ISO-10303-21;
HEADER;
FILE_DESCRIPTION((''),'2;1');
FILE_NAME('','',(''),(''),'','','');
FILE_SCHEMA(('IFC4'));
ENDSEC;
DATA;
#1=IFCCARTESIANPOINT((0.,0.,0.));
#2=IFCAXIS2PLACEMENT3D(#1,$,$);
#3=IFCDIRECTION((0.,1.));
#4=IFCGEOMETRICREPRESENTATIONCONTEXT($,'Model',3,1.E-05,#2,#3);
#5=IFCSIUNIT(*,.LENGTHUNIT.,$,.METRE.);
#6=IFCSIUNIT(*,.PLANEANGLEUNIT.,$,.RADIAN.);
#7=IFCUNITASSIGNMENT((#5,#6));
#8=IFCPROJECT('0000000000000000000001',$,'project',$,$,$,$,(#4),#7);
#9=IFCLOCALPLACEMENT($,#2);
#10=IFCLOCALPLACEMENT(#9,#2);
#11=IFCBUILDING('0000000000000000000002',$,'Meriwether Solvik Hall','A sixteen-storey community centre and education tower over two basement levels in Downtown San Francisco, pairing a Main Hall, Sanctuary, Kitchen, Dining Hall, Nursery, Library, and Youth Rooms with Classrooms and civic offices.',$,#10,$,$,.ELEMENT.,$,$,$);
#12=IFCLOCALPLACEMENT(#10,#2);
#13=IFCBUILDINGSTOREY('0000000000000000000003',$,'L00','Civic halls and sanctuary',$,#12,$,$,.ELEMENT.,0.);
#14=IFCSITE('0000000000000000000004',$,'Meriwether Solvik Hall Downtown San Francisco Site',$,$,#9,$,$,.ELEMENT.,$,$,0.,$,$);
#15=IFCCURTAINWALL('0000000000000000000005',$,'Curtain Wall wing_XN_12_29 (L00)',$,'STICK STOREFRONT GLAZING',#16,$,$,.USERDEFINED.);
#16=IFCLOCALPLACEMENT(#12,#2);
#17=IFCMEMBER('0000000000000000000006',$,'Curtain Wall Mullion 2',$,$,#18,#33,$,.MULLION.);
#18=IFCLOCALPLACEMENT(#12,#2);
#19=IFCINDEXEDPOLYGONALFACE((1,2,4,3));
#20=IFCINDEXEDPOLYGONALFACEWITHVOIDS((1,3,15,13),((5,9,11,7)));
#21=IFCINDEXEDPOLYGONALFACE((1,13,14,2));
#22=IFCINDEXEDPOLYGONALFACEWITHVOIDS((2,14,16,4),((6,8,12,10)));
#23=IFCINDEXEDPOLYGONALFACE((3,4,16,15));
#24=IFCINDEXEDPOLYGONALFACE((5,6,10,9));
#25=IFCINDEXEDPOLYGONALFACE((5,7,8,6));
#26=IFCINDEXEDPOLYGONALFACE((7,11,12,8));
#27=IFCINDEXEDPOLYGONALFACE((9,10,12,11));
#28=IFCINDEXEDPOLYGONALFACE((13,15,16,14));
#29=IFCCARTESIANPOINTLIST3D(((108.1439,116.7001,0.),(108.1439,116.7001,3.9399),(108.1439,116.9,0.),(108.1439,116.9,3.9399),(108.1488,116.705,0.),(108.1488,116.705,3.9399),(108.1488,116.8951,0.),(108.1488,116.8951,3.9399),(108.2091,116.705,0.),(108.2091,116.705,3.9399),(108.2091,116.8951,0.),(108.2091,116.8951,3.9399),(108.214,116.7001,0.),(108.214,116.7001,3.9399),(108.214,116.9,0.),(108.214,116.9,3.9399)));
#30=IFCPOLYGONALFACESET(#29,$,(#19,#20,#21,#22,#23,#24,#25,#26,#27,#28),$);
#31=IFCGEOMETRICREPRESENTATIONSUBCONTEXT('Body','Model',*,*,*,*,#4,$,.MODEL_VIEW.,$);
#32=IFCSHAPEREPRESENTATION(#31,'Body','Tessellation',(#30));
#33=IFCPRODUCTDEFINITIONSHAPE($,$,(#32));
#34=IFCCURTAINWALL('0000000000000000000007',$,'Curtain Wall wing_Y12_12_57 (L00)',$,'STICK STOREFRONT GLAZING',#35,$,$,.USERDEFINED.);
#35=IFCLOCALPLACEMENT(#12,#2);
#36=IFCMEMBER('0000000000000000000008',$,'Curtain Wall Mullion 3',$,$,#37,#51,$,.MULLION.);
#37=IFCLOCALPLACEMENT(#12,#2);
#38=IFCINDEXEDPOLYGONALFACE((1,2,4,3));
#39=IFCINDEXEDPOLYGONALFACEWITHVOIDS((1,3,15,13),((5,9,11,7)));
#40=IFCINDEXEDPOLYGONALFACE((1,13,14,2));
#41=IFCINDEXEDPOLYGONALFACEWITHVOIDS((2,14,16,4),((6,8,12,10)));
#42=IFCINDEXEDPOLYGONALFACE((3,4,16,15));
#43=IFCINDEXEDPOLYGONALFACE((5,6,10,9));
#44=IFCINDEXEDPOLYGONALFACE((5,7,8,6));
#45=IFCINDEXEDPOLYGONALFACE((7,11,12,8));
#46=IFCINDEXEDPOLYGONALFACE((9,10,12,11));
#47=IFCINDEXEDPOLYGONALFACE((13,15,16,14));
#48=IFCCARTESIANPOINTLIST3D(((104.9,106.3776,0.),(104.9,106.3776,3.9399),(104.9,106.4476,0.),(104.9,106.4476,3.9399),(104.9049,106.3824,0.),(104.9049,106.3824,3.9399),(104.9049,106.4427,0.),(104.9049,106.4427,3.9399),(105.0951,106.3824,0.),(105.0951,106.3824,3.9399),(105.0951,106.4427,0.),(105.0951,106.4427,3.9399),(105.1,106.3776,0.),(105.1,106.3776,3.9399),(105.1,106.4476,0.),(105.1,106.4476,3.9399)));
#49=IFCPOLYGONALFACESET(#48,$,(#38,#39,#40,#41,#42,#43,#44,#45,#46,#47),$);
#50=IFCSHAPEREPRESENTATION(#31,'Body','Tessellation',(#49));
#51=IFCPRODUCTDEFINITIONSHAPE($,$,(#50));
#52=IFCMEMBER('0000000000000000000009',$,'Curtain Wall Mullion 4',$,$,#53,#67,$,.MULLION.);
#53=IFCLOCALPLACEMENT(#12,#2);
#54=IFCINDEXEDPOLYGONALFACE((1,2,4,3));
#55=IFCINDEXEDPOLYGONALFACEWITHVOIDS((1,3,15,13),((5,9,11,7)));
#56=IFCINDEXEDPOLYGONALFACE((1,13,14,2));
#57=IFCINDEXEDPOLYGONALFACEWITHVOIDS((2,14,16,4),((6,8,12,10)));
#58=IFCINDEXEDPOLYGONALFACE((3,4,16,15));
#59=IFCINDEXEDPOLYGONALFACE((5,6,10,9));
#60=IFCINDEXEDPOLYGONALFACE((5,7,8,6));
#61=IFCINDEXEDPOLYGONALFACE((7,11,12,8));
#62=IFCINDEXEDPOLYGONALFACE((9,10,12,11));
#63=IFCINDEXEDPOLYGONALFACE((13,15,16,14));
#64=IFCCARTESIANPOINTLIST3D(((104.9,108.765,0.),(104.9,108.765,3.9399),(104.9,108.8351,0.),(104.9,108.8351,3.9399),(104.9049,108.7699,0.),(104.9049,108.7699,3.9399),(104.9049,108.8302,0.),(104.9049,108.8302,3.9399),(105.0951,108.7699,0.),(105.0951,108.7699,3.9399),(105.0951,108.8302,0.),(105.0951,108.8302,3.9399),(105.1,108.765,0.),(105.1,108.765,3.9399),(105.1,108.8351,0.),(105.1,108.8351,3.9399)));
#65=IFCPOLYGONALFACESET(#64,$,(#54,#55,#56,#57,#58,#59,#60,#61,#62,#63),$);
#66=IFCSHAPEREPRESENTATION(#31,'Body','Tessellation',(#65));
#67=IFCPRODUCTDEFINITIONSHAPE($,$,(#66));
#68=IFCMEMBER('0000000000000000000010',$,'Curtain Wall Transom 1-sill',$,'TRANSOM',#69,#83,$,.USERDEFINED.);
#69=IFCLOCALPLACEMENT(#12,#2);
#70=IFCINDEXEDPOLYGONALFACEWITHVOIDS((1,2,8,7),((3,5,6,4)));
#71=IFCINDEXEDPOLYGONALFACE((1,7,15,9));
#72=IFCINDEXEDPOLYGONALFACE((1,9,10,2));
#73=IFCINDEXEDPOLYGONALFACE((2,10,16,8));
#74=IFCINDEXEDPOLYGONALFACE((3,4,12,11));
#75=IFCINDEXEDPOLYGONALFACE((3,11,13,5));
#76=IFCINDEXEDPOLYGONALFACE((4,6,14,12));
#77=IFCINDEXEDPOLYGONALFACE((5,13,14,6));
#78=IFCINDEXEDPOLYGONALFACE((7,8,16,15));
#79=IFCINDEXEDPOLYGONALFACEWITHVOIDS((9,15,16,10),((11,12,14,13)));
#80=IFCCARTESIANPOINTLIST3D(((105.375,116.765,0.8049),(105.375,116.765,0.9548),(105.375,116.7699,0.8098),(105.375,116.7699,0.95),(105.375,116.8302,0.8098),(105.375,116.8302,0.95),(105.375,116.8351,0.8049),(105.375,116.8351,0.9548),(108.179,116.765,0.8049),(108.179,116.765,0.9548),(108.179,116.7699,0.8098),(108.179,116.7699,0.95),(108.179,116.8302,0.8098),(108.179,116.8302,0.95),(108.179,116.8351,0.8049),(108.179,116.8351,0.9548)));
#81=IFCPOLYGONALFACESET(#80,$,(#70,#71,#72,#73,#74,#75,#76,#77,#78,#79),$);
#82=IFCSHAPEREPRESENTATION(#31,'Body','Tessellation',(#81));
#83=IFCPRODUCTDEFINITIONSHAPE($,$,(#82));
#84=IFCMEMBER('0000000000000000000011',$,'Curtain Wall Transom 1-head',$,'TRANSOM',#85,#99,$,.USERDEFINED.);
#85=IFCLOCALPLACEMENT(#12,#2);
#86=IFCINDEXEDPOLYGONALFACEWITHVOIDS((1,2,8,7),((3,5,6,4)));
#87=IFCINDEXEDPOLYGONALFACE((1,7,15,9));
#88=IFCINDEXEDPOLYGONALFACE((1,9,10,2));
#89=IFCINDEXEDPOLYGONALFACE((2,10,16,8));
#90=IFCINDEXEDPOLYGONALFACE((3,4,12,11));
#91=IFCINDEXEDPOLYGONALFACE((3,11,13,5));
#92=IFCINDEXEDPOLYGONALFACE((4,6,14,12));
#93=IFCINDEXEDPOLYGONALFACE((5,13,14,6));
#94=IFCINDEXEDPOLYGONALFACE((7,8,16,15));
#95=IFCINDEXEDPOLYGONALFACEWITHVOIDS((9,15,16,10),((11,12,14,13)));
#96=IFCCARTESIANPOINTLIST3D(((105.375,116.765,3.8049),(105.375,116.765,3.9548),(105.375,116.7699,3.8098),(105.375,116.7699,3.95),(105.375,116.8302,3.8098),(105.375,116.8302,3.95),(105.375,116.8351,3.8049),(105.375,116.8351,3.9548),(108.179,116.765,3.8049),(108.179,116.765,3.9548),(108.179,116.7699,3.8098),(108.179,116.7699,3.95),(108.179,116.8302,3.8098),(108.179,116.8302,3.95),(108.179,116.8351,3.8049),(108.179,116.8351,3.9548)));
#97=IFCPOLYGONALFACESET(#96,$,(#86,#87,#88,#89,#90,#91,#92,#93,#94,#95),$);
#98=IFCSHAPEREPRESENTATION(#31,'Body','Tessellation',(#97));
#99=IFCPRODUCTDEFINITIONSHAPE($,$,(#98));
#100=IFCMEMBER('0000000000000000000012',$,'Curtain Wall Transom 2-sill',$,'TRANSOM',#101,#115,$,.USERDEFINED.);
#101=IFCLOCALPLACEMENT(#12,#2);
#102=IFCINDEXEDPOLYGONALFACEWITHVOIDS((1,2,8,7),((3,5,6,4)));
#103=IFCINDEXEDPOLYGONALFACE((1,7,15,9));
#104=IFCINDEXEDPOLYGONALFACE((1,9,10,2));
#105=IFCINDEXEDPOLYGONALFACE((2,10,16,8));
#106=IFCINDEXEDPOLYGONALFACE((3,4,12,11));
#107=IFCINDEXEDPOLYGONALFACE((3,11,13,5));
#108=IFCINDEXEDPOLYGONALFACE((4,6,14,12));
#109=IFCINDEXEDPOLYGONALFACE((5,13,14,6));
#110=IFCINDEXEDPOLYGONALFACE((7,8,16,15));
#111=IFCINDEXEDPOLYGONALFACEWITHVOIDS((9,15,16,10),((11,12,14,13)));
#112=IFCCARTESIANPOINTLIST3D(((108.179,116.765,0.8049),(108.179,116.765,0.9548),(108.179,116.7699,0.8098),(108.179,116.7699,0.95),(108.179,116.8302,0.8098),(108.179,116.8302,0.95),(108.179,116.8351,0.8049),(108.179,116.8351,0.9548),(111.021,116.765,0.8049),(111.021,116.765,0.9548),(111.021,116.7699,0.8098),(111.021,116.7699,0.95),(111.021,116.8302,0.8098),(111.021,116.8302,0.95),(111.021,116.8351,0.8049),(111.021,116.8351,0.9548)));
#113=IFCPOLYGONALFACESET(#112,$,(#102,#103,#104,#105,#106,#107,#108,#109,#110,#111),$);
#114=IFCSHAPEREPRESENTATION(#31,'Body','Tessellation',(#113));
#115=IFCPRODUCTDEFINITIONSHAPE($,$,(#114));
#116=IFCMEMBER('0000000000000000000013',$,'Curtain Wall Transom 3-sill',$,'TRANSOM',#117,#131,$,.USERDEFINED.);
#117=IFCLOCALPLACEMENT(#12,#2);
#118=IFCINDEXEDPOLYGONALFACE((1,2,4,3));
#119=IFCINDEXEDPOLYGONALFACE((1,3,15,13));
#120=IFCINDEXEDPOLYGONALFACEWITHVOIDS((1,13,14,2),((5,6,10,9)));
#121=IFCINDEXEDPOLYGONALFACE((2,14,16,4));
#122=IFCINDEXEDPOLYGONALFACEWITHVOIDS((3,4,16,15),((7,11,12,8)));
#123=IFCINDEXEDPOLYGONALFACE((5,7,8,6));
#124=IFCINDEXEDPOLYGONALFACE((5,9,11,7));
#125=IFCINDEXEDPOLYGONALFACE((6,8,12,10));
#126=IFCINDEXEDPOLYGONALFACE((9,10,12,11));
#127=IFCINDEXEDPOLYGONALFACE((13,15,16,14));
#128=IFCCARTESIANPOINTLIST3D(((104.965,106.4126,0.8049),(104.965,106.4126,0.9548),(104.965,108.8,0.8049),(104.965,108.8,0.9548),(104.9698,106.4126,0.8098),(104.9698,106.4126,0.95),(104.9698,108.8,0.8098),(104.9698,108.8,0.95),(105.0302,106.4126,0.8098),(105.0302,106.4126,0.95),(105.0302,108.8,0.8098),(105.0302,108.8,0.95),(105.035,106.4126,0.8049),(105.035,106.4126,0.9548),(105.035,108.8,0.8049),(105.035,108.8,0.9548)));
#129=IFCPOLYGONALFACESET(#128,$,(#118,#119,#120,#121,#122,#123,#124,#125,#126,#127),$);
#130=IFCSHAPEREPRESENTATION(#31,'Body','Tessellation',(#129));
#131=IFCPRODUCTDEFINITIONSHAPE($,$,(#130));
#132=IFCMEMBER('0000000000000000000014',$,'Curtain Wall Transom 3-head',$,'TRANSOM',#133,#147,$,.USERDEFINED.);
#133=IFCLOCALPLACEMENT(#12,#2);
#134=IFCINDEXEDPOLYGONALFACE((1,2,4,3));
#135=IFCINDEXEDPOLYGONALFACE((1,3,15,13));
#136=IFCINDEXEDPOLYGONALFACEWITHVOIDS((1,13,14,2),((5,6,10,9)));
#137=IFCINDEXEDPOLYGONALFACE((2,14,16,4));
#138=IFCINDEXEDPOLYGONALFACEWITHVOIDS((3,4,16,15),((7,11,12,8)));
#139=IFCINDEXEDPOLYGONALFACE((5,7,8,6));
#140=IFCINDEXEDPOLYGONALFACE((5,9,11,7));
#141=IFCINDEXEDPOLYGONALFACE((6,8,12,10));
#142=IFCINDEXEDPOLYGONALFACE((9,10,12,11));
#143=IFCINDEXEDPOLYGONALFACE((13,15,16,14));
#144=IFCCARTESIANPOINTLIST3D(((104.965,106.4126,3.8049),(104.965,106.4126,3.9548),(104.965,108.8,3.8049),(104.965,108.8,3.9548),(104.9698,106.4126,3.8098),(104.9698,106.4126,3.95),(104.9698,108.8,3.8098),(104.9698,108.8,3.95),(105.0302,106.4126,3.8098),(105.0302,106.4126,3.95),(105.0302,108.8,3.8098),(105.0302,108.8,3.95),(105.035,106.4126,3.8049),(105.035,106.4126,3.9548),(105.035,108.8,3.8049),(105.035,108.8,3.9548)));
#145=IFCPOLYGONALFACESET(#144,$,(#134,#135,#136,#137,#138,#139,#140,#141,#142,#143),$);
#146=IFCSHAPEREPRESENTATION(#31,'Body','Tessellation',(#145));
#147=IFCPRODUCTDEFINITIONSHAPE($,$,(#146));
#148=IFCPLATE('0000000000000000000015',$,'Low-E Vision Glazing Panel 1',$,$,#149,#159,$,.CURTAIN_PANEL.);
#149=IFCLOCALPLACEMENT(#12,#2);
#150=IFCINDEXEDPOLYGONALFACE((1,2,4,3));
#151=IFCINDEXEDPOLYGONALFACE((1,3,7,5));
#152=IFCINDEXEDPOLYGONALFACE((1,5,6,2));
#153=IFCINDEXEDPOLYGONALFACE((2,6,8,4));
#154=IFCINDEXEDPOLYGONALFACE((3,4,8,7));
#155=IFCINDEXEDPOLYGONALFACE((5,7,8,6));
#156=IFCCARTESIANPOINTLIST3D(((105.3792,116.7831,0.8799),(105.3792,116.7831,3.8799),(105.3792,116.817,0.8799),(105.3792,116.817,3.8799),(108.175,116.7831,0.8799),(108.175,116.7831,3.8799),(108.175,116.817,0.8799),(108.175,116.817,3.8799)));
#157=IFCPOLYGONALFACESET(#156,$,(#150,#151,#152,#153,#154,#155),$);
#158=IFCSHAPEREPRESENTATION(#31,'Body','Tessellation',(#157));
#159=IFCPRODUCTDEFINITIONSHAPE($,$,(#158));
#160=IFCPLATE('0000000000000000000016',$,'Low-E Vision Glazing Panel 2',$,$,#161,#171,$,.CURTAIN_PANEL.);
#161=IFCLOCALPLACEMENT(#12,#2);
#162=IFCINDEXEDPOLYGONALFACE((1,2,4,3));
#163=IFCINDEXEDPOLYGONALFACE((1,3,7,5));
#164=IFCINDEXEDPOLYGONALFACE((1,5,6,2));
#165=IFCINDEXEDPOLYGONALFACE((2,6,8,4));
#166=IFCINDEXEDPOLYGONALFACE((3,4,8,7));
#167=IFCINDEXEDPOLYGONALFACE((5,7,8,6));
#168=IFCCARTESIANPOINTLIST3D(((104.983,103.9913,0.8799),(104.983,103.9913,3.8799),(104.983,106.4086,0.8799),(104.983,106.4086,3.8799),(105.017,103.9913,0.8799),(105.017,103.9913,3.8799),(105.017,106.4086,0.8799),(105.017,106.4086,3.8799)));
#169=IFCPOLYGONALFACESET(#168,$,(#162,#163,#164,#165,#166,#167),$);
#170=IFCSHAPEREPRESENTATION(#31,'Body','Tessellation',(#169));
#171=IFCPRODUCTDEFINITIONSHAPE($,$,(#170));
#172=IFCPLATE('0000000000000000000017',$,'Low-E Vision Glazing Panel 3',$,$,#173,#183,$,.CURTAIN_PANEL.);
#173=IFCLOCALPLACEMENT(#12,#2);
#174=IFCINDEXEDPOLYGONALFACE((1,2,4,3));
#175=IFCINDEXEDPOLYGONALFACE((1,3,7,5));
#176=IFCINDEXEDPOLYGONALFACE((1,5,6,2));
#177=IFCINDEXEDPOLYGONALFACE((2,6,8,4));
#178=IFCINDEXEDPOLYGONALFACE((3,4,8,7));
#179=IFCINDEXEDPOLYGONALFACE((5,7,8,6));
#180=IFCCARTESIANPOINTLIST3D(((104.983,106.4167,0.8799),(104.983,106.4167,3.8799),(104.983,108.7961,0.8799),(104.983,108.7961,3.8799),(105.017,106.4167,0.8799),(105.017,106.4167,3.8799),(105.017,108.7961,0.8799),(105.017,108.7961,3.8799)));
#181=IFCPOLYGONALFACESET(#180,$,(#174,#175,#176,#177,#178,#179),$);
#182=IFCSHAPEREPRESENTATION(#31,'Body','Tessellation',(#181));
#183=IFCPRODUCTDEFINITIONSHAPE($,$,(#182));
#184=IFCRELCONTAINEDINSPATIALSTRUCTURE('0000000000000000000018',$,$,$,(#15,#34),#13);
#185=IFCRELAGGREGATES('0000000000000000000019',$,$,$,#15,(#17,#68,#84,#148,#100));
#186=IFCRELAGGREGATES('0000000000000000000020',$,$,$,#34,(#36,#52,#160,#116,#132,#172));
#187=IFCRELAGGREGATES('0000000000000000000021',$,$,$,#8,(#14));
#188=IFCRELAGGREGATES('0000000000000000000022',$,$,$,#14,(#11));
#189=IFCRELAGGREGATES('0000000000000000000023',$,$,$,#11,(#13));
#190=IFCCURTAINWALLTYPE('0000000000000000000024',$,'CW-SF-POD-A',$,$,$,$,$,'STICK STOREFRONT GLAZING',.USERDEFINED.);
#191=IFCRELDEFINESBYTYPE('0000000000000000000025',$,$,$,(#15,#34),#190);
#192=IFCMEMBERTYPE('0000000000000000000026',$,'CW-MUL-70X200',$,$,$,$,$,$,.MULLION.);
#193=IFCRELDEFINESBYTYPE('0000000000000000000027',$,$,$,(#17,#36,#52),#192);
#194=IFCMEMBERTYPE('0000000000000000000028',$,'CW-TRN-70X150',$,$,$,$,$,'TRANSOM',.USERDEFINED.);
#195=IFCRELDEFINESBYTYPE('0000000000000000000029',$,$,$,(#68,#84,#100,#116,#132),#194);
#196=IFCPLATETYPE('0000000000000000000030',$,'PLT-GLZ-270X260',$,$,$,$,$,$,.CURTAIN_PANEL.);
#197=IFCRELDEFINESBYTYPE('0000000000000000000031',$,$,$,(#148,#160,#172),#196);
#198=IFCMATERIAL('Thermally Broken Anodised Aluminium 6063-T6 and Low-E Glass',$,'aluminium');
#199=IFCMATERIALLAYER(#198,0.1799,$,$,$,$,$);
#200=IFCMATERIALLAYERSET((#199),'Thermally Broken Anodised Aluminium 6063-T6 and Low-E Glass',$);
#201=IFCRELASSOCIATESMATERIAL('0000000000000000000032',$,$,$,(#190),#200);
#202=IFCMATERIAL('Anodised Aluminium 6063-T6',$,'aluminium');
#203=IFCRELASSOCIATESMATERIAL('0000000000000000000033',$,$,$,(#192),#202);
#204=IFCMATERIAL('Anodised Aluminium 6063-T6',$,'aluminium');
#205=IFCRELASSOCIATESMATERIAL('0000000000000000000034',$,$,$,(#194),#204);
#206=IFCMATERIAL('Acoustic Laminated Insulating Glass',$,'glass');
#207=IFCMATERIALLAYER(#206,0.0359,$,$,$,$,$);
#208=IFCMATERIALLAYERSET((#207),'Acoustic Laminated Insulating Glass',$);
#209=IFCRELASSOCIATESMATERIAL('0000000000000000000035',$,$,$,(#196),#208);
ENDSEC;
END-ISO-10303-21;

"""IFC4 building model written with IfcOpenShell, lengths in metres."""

from ifc_helpers import new_model, si_unit, direction, frame, origin, origin_2d, place, context, subcontext, project, spatial, rectangle, hollow_rectangle, extrude, material, layer, layer_set, material_profile, profile_set, type_object, element, aggregate, save


model = new_model("IFC4")

# Units and contexts
model_context = context("Model", 3, precision=1e-05, world=origin(), true_north=direction((0.0, 1.0)))
body_context = subcontext(model_context, "Body", "Model", "MODEL_VIEW")
ifc_project = project(units=[si_unit("LENGTHUNIT", "METRE"), si_unit("PLANEANGLEUNIT", "RADIAN")], contexts=[model_context])

# Site, building, storey
site_placement = place(None, origin())
site = spatial("IfcSite", under=ifc_project, at=site_placement, Name="Meriwether Solvik Hall Downtown San Francisco Site", CompositionType="ELEMENT", RefElevation=0.0)
building_placement = place(site_placement, origin())
building = spatial("IfcBuilding", under=site, at=building_placement, Name="Meriwether Solvik Hall", Description="A sixteen-storey community centre and education tower over two basement levels in Downtown San Francisco, pairing a Main Hall, Sanctuary, Kitchen, Dining Hall, Nursery, Library, and Youth Rooms with Classrooms and civic offices.", CompositionType="ELEMENT")
storey_placement = place(building_placement, origin())
storey = spatial("IfcBuildingStorey", under=building, at=storey_placement, Name="L00", Description="Civic halls and sanctuary", CompositionType="ELEMENT", Elevation=0.0)

# Curtain walls, members
ifc_material_1 = material(Name="Thermally Broken Anodised Aluminium 6063-T6 and Low-E Glass", Category="aluminium")
ifc_layer_1 = layer(ifc_material_1, 0.1799)
ifc_layer_set_1 = layer_set([ifc_layer_1], Name="Thermally Broken Anodised Aluminium 6063-T6 and Low-E Glass")
curtain_wall_type = type_object("IfcCurtainWallType", Name="CW-SF-POD-A", ElementType="STICK STOREFRONT GLAZING", PredefinedType="USERDEFINED", material=ifc_layer_set_1)
curtain_wall_1_placement = place(storey_placement, origin())
curtain_wall_1 = element("IfcCurtainWall", 1, at=curtain_wall_1_placement, inside=storey, type_object=curtain_wall_type, Name="Curtain Wall wing_XN_12_29 (L00)", ObjectType="STICK STOREFRONT GLAZING", PredefinedType="USERDEFINED")
ifc_material_2 = material(Name="Anodised Aluminium 6063-T6", Category="aluminium")
ifc_material_profile_1 = material_profile(ifc_material_2, hollow_rectangle(XDim=0.0701, YDim=0.2, WallThickness=0.0049, at=origin_2d()), Name="CWM-70X200")
ifc_profile_set_1 = profile_set([ifc_material_profile_1], Name="Anodised Aluminium 6063-T6")
member_type_1 = type_object("IfcMemberType", Name="CW-MUL-70X200", PredefinedType="MULLION", material=ifc_profile_set_1)
member_1_placement = place(storey_placement, frame((108.179, 116.8, 0.0), z_axis=(0.0, 0.0, 1.0), x_axis=(1.0, 0.0, 0.0)))
member_1 = element("IfcMember", 2, at=member_1_placement, type_object=member_type_1, Name="Curtain Wall Mullion 2", PredefinedType="MULLION", context=body_context, shape_type="SweptSolid", body=[
    extrude(hollow_rectangle(XDim=0.0701, YDim=0.2, WallThickness=0.0049, at=origin_2d()), origin(), (0.0, 0.0, 1.0), 3.9399),
])
curtain_wall_2_placement = place(storey_placement, origin())
curtain_wall_2 = element("IfcCurtainWall", 3, at=curtain_wall_2_placement, inside=storey, type_object=curtain_wall_type, Name="Curtain Wall wing_Y12_12_57 (L00)", ObjectType="STICK STOREFRONT GLAZING", PredefinedType="USERDEFINED")
member_2_placement = place(storey_placement, frame((105.0, 106.4126, 0.0), z_axis=(0.0, 0.0, 1.0), x_axis=(0.0, 1.0, 0.0)))
member_2 = element("IfcMember", 4, at=member_2_placement, type_object=member_type_1, Name="Curtain Wall Mullion 3", PredefinedType="MULLION", context=body_context, shape_type="SweptSolid", body=[
    extrude(hollow_rectangle(XDim=0.0701, YDim=0.2, WallThickness=0.0049, at=origin_2d()), origin(), (0.0, 0.0, 1.0), 3.9399),
])
member_3_placement = place(storey_placement, frame((105.0, 108.8, 0.0), z_axis=(0.0, 0.0, 1.0), x_axis=(0.0, 1.0, 0.0)))
member_3 = element("IfcMember", 5, at=member_3_placement, type_object=member_type_1, Name="Curtain Wall Mullion 4", PredefinedType="MULLION", context=body_context, shape_type="SweptSolid", body=[
    extrude(hollow_rectangle(XDim=0.0701, YDim=0.2, WallThickness=0.0049, at=origin_2d()), origin(), (0.0, 0.0, 1.0), 3.9399),
])

# Members
ifc_material_3 = material(Name="Anodised Aluminium 6063-T6", Category="aluminium")
ifc_material_profile_2 = material_profile(ifc_material_3, hollow_rectangle(XDim=0.0701, YDim=0.1499, WallThickness=0.0049, at=origin_2d()), Name="CWT-70X150")
ifc_profile_set_2 = profile_set([ifc_material_profile_2], Name="Anodised Aluminium 6063-T6")
member_type_2 = type_object("IfcMemberType", Name="CW-TRN-70X150", ElementType="TRANSOM", PredefinedType="USERDEFINED", material=ifc_profile_set_2)
member_4_placement = place(storey_placement, frame((105.375, 116.8, 0.8799), z_axis=(1.0, 0.0, 0.0), x_axis=(0.0, 1.0, 0.0)))
member_4 = element("IfcMember", 6, at=member_4_placement, type_object=member_type_2, Name="Curtain Wall Transom 1-sill", ObjectType="TRANSOM", PredefinedType="USERDEFINED", context=body_context, shape_type="SweptSolid", body=[
    extrude(hollow_rectangle(XDim=0.0701, YDim=0.1499, WallThickness=0.0049, at=origin_2d()), origin(), (0.0, 0.0, 1.0), 2.804),
])
member_5_placement = place(storey_placement, frame((105.375, 116.8, 3.8799), z_axis=(1.0, 0.0, 0.0), x_axis=(0.0, 1.0, 0.0)))
member_5 = element("IfcMember", 7, at=member_5_placement, type_object=member_type_2, Name="Curtain Wall Transom 1-head", ObjectType="TRANSOM", PredefinedType="USERDEFINED", context=body_context, shape_type="SweptSolid", body=[
    extrude(hollow_rectangle(XDim=0.0701, YDim=0.1499, WallThickness=0.0049, at=origin_2d()), origin(), (0.0, 0.0, 1.0), 2.804),
])
member_6_placement = place(storey_placement, frame((108.179, 116.8, 0.8799), z_axis=(1.0, 0.0, 0.0), x_axis=(0.0, 1.0, 0.0)))
member_6 = element("IfcMember", 8, at=member_6_placement, type_object=member_type_2, Name="Curtain Wall Transom 2-sill", ObjectType="TRANSOM", PredefinedType="USERDEFINED", context=body_context, shape_type="SweptSolid", body=[
    extrude(hollow_rectangle(XDim=0.0701, YDim=0.1499, WallThickness=0.0049, at=origin_2d()), origin(), (0.0, 0.0, 1.0), 2.842),
])
member_7_placement = place(storey_placement, frame((105.0, 106.4126, 0.8799), z_axis=(0.0, 1.0, 0.0), x_axis=(-1.0, 0.0, 0.0)))
member_7 = element("IfcMember", 9, at=member_7_placement, type_object=member_type_2, Name="Curtain Wall Transom 3-sill", ObjectType="TRANSOM", PredefinedType="USERDEFINED", context=body_context, shape_type="SweptSolid", body=[
    extrude(hollow_rectangle(XDim=0.0701, YDim=0.1499, WallThickness=0.0049, at=origin_2d()), origin(), (0.0, 0.0, 1.0), 2.3875),
])
member_8_placement = place(storey_placement, frame((105.0, 106.4126, 3.8799), z_axis=(0.0, 1.0, 0.0), x_axis=(-1.0, 0.0, 0.0)))
member_8 = element("IfcMember", 10, at=member_8_placement, type_object=member_type_2, Name="Curtain Wall Transom 3-head", ObjectType="TRANSOM", PredefinedType="USERDEFINED", context=body_context, shape_type="SweptSolid", body=[
    extrude(hollow_rectangle(XDim=0.0701, YDim=0.1499, WallThickness=0.0049, at=origin_2d()), origin(), (0.0, 0.0, 1.0), 2.3875),
])

# Plates
ifc_material_4 = material(Name="Acoustic Laminated Insulating Glass", Category="glass")
ifc_layer_2 = layer(ifc_material_4, 0.0359)
ifc_layer_set_2 = layer_set([ifc_layer_2], Name="Acoustic Laminated Insulating Glass")
plate_type_1 = type_object("IfcPlateType", Name="PLT-GLZ-270X260", PredefinedType="CURTAIN_PANEL", material=ifc_layer_set_2)
plate_1_placement = place(storey_placement, frame((106.7771, 116.8, 0.8799), z_axis=(0.0, 0.0, 1.0), x_axis=(1.0, 0.0, 0.0)))
plate_1 = element("IfcPlate", 11, at=plate_1_placement, type_object=plate_type_1, Name="Low-E Vision Glazing Panel 1", PredefinedType="CURTAIN_PANEL", context=body_context, shape_type="SweptSolid", body=[
    extrude(rectangle(XDim=2.7959, YDim=0.0339, at=origin_2d()), origin(), (0.0, 0.0, 1.0), 3.0),
])
plate_2_placement = place(storey_placement, frame((105.0, 105.2, 0.8799), z_axis=(0.0, 0.0, 1.0), x_axis=(0.0, 1.0, 0.0)))
plate_2 = element("IfcPlate", 12, at=plate_2_placement, type_object=plate_type_1, Name="Low-E Vision Glazing Panel 2", PredefinedType="CURTAIN_PANEL", context=body_context, shape_type="SweptSolid", body=[
    extrude(rectangle(XDim=2.4172, YDim=0.0339, at=origin_2d()), origin(), (0.0, 0.0, 1.0), 3.0),
])
plate_3_placement = place(storey_placement, frame((105.0, 107.6064, 0.8799), z_axis=(0.0, 0.0, 1.0), x_axis=(0.0, 1.0, 0.0)))
plate_3 = element("IfcPlate", 13, at=plate_3_placement, type_object=plate_type_1, Name="Low-E Vision Glazing Panel 3", PredefinedType="CURTAIN_PANEL", context=body_context, shape_type="SweptSolid", body=[
    extrude(rectangle(XDim=2.3794, YDim=0.0339, at=origin_2d()), origin(), (0.0, 0.0, 1.0), 3.0),
])
aggregate(curtain_wall_1, [member_1, member_4, member_5, plate_1, member_6])
aggregate(curtain_wall_2, [member_2, member_3, plate_2, member_7, member_8, plate_3])

save(model, "model.ifc")
